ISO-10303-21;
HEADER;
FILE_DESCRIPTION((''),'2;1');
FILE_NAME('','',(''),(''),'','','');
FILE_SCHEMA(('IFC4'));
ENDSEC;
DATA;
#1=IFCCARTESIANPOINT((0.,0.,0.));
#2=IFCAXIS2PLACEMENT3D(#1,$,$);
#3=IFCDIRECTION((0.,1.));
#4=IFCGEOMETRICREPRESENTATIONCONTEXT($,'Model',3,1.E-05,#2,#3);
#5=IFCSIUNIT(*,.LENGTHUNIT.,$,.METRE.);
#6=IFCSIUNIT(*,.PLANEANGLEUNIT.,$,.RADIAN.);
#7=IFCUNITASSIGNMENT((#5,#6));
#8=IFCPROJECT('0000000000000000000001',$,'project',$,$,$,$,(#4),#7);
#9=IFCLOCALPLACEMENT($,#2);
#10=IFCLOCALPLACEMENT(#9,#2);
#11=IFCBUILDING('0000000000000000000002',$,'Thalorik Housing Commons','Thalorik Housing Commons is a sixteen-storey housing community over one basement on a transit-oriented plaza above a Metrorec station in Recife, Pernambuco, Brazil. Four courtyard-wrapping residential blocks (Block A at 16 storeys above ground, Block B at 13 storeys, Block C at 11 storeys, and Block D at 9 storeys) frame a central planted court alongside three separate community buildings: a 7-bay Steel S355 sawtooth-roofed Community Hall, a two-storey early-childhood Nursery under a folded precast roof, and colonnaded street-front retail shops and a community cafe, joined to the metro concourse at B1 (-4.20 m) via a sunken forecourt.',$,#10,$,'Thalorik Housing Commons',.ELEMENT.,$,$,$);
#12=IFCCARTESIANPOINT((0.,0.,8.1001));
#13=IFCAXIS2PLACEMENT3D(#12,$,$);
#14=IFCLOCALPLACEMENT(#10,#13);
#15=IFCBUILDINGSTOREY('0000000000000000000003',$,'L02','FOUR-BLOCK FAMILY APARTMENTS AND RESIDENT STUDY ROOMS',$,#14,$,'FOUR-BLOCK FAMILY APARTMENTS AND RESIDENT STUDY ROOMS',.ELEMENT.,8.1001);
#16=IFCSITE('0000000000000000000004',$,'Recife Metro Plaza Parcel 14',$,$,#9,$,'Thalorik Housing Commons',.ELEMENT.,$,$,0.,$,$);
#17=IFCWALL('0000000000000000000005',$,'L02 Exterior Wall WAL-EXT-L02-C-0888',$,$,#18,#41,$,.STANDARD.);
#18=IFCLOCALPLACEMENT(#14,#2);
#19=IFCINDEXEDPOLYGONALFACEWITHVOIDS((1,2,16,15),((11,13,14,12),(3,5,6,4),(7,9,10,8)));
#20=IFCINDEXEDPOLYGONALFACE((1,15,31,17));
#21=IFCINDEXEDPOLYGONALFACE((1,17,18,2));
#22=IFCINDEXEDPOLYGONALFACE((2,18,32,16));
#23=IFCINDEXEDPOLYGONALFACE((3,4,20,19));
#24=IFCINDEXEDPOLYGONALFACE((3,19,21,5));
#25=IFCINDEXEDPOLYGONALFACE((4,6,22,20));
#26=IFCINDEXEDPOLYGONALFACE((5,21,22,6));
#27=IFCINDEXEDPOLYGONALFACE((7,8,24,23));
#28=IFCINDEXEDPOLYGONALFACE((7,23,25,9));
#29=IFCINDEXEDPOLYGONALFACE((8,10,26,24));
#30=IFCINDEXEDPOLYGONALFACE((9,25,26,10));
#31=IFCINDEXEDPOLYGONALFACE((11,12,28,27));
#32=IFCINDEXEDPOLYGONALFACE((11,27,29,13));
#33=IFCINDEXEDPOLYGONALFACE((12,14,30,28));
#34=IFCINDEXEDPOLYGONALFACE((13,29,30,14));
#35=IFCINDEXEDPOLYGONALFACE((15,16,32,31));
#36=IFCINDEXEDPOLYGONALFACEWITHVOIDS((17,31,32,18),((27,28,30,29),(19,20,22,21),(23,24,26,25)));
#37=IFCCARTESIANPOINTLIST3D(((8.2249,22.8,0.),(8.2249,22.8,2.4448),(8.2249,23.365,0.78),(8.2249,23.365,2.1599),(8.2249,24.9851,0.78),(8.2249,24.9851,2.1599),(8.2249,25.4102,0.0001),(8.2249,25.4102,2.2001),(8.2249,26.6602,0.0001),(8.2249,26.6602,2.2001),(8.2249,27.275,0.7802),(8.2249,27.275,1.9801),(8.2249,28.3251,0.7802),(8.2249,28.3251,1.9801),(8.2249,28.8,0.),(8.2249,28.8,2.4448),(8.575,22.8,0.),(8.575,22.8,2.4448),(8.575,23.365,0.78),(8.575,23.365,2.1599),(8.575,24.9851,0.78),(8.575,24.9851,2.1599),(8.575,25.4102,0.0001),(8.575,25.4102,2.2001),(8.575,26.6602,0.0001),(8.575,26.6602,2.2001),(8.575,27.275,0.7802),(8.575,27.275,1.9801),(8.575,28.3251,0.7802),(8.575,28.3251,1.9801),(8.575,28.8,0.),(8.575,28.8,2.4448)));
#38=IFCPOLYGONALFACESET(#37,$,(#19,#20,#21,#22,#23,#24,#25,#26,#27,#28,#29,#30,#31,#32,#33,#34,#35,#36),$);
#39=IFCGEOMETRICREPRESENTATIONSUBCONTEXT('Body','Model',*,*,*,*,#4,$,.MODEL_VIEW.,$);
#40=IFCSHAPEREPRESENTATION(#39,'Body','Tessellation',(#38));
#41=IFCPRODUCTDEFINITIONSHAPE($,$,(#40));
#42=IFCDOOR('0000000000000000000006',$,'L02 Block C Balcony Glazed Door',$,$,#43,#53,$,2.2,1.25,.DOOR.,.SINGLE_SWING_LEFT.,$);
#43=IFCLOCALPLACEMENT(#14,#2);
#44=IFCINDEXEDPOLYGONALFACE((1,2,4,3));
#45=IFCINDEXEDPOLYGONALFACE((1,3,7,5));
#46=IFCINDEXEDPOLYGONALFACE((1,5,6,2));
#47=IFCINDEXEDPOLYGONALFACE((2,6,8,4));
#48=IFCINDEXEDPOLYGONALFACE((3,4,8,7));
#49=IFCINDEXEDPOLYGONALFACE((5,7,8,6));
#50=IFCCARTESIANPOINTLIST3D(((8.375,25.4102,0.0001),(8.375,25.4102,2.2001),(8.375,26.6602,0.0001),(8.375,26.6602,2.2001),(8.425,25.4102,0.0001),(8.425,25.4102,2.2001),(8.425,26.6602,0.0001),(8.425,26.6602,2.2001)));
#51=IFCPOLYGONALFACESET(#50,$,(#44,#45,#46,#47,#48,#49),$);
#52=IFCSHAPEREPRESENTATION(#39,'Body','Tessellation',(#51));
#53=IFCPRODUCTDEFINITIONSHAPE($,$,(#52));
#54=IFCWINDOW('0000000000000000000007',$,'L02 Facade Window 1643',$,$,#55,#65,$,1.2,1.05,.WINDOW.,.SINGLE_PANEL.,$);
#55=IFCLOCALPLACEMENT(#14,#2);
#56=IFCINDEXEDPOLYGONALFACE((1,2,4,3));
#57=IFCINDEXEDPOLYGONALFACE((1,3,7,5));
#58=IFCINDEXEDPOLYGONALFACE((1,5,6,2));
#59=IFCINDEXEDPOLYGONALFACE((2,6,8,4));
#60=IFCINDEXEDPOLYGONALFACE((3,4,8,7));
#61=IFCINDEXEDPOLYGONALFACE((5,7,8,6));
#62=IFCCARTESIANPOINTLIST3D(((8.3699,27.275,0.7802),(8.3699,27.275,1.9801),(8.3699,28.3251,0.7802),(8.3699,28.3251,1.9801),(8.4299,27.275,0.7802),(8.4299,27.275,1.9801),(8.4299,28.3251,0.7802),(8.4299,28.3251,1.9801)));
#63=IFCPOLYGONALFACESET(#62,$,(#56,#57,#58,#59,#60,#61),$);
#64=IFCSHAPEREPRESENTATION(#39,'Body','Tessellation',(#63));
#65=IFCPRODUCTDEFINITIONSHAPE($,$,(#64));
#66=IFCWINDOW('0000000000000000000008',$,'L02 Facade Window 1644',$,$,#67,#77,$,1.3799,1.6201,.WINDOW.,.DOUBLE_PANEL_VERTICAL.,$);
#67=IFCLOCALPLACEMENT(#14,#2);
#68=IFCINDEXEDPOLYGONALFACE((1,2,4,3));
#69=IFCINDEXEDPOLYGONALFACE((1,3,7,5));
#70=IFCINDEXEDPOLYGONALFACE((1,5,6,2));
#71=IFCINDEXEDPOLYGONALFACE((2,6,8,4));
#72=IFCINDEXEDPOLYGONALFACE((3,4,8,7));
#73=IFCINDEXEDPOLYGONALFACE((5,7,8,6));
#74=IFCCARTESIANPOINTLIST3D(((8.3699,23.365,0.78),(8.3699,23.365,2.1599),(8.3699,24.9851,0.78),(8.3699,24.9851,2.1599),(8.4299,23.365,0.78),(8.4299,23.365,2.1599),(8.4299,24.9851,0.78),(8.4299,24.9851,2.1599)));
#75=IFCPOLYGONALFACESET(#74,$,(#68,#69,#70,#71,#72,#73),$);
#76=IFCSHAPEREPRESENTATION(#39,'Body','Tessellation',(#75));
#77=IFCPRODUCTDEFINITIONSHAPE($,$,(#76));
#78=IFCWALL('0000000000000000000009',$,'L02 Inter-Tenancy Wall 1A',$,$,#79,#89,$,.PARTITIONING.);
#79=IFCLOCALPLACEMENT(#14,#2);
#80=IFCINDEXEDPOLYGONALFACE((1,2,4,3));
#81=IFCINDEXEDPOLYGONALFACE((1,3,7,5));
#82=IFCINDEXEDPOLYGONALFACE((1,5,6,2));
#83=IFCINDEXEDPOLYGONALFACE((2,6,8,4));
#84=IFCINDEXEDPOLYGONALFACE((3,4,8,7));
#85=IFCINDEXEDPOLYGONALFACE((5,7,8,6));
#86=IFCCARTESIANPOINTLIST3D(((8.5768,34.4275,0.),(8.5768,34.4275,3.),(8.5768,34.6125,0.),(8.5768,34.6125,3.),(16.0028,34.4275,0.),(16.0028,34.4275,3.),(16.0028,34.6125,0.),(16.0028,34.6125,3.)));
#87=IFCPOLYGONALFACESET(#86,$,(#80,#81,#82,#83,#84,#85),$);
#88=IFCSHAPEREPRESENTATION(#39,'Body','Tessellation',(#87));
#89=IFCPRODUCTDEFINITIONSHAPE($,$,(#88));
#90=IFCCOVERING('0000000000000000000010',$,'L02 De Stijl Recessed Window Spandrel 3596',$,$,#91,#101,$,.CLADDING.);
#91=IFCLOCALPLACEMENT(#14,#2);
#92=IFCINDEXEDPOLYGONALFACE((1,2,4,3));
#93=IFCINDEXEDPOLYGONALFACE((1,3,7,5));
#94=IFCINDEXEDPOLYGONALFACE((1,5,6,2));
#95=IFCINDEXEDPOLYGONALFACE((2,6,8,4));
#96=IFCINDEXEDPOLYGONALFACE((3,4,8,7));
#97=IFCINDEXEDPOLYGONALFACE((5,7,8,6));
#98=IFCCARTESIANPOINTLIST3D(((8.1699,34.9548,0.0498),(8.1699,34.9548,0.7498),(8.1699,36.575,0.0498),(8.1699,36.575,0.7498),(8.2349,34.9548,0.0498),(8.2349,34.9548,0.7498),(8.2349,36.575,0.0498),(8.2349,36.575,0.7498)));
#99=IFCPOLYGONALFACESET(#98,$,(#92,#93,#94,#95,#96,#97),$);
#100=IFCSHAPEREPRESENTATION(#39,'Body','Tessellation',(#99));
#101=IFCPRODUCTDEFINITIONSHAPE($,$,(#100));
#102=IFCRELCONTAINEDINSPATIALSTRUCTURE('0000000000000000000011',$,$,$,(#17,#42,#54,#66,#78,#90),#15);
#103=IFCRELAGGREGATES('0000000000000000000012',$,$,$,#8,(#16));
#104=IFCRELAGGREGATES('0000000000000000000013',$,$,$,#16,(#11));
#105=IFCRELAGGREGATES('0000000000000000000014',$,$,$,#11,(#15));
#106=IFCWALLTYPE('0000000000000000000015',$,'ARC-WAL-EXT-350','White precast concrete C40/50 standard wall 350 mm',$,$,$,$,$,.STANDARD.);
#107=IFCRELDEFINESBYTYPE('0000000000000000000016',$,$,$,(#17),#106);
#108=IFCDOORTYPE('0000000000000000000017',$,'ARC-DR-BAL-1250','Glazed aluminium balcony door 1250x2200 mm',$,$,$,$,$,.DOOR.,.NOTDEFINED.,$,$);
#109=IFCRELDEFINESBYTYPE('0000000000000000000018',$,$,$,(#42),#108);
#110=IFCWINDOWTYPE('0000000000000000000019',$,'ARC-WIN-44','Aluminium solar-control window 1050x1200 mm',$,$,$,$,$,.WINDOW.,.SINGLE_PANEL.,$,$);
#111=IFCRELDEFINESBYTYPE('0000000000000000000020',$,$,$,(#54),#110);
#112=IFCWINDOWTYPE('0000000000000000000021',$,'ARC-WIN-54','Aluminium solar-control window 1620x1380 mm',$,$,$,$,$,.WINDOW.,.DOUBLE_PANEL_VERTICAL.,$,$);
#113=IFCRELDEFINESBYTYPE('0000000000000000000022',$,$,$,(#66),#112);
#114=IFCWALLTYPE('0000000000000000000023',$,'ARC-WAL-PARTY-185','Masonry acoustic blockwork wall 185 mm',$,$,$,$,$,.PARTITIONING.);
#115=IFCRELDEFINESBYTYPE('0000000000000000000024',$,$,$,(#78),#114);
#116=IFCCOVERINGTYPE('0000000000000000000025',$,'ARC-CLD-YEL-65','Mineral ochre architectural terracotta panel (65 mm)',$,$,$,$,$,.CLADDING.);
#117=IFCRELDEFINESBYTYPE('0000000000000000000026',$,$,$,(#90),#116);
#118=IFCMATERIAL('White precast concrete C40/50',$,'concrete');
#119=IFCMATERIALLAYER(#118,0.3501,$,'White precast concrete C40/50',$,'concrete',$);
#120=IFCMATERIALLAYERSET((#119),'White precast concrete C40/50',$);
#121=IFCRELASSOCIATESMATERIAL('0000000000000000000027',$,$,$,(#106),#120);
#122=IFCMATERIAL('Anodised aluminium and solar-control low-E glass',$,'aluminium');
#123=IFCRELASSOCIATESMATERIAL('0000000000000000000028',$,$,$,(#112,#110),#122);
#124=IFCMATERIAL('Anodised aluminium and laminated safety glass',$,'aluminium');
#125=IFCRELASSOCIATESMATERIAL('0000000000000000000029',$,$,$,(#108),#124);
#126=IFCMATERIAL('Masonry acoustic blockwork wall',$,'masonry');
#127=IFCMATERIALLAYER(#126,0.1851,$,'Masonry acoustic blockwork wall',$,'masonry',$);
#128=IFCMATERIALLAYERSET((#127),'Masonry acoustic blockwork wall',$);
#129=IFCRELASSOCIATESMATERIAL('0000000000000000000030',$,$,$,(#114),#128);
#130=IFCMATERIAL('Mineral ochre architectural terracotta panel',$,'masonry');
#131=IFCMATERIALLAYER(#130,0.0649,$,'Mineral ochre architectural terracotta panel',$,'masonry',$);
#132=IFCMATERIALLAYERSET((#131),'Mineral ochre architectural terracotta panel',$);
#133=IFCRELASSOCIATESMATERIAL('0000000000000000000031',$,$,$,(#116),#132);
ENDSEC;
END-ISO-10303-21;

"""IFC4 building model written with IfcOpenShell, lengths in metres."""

from ifc_helpers import new_model, si_unit, direction, frame, frame_2d, origin, origin_2d, place, context, subcontext, project, spatial, rectangle, extrude, material, layer, layer_set, type_object, element, fill, save


model = new_model("IFC4")

# Units and contexts
model_context = context("Model", 3, precision=1e-05, world=origin(), true_north=direction((0.0, 1.0)))
body_context = subcontext(model_context, "Body", "Model", "MODEL_VIEW")
ifc_project = project(units=[si_unit("LENGTHUNIT", "METRE"), si_unit("PLANEANGLEUNIT", "RADIAN")], contexts=[model_context])

# Site, building, storey
site_placement = place(None, origin())
site = spatial("IfcSite", under=ifc_project, at=site_placement, Name="Recife Metro Plaza Parcel 14", LongName="Thalorik Housing Commons", CompositionType="ELEMENT", RefElevation=0.0)
building_placement = place(site_placement, origin())
building = spatial("IfcBuilding", under=site, at=building_placement, Name="Thalorik Housing Commons", Description="Thalorik Housing Commons is a sixteen-storey housing community over one basement on a transit-oriented plaza above a Metrorec station in Recife, Pernambuco, Brazil. Four courtyard-wrapping residential blocks (Block A at 16 storeys above ground, Block B at 13 storeys, Block C at 11 storeys, and Block D at 9 storeys) frame a central planted court alongside three separate community buildings: a 7-bay Steel S355 sawtooth-roofed Community Hall, a two-storey early-childhood Nursery under a folded precast roof, and colonnaded street-front retail shops and a community cafe, joined to the metro concourse at B1 (-4.20 m) via a sunken forecourt.", LongName="Thalorik Housing Commons", CompositionType="ELEMENT")
storey_placement = place(building_placement, frame((0.0, 0.0, 8.1001)))
storey = spatial("IfcBuildingStorey", under=building, at=storey_placement, Name="L02", Description="FOUR-BLOCK FAMILY APARTMENTS AND RESIDENT STUDY ROOMS", LongName="FOUR-BLOCK FAMILY APARTMENTS AND RESIDENT STUDY ROOMS", CompositionType="ELEMENT", Elevation=8.1001)

# Wall, openings, door, windows
ifc_material_1 = material(Name="White precast concrete C40/50", Category="concrete")
ifc_layer_1 = layer(ifc_material_1, 0.3501, Name="White precast concrete C40/50", Category="concrete")
ifc_layer_set_1 = layer_set([ifc_layer_1], Name="White precast concrete C40/50")
wall_type_1 = type_object("IfcWallType", Name="ARC-WAL-EXT-350", Description="White precast concrete C40/50 standard wall 350 mm", PredefinedType="STANDARD", material=ifc_layer_set_1)
ifc_material_2 = material(Name="Anodised aluminium and laminated safety glass", Category="aluminium")
ifc_material_3 = material(Name="Anodised aluminium and solar-control low-E glass", Category="aluminium")
window_type_1 = type_object("IfcWindowType", Name="ARC-WIN-54", Description="Aluminium solar-control window 1620x1380 mm", PartitioningType="DOUBLE_PANEL_VERTICAL", PredefinedType="WINDOW", material=ifc_material_3)
wall_1_placement = place(storey_placement, frame((8.3999, 28.8, 0.0), z_axis=(0.0, 0.0, 1.0), x_axis=(0.0, -1.0, 0.0)))
wall_1 = element("IfcWall", 1, at=wall_1_placement, inside=storey, type_object=wall_type_1, Name="L02 Exterior Wall WAL-EXT-L02-C-0888", PredefinedType="STANDARD", context=body_context, shape_type="SweptSolid", body=[
    extrude(rectangle(XDim=6.0, YDim=0.3501, at=frame_2d((3.0, 0.0))), origin(), (0.0, 0.0, 1.0), 2.4448),
])
opening_1_placement = place(wall_1_placement, frame((2.1399, 0.0, 0.0)))
opening_1 = element("IfcOpeningElement", 2, at=opening_1_placement, cuts=wall_1, PredefinedType="OPENING", context=body_context, shape_type="SweptSolid", body=[
    extrude(rectangle(XDim=1.25, YDim=2.2, at=frame_2d((0.625, 1.1001))), frame((0.0, 0.1851, 0.0), z_axis=(0.0, -1.0, 0.0), x_axis=(1.0, 0.0, 0.0)), (0.0, 0.0, 1.0), 0.3701),
])
opening_2_placement = place(wall_1_placement, frame((0.4751, 0.0, 0.78)))
opening_2 = element("IfcOpeningElement", 3, at=opening_2_placement, cuts=wall_1, PredefinedType="OPENING", context=body_context, shape_type="SweptSolid", body=[
    extrude(rectangle(XDim=1.05, YDim=1.2, at=frame_2d((0.5249, 0.6001))), frame((0.0, 0.1851, 0.0), z_axis=(0.0, -1.0, 0.0), x_axis=(1.0, 0.0, 0.0)), (0.0, 0.0, 1.0), 0.3701),
])
opening_3_placement = place(wall_1_placement, frame((3.8149, 0.0, 0.78)))
opening_3 = element("IfcOpeningElement", 4, at=opening_3_placement, cuts=wall_1, PredefinedType="OPENING", context=body_context, shape_type="SweptSolid", body=[
    extrude(rectangle(XDim=1.6201, YDim=1.3799, at=frame_2d((0.8101, 0.6899))), frame((0.0, 0.1851, 0.0), z_axis=(0.0, -1.0, 0.0), x_axis=(1.0, 0.0, 0.0)), (0.0, 0.0, 1.0), 0.3701),
])
door_type_1 = type_object("IfcDoorType", Name="ARC-DR-BAL-1250", Description="Glazed aluminium balcony door 1250x2200 mm", OperationType="NOTDEFINED", PredefinedType="DOOR", material=ifc_material_2)
door_1_placement = place(opening_1_placement, frame((1.25, 0.0, 0.0), z_axis=(0.0, 0.0, 1.0), x_axis=(-1.0, 0.0, 0.0)))
door_1 = element("IfcDoor", 5, at=door_1_placement, inside=storey, type_object=door_type_1, Name="L02 Block C Balcony Glazed Door", OperationType="SINGLE_SWING_LEFT", OverallHeight=2.2, OverallWidth=1.25, PredefinedType="DOOR", context=body_context, shape_type="SweptSolid", body=[
    extrude(rectangle(XDim=1.25, YDim=2.2, at=frame_2d((0.625, 1.1001))), frame((0.0, 0.0249, 0.0), z_axis=(0.0, -1.0, 0.0), x_axis=(1.0, 0.0, 0.0)), (0.0, 0.0, 1.0), 0.05),
])
fill(opening_1, door_1)
window_type_2 = type_object("IfcWindowType", Name="ARC-WIN-44", Description="Aluminium solar-control window 1050x1200 mm", PartitioningType="SINGLE_PANEL", PredefinedType="WINDOW", material=ifc_material_3)
window_1_placement = place(opening_2_placement, origin())
window_1 = element("IfcWindow", 6, at=window_1_placement, inside=storey, type_object=window_type_2, Name="L02 Facade Window 1643", OverallHeight=1.2, OverallWidth=1.05, PartitioningType="SINGLE_PANEL", PredefinedType="WINDOW", context=body_context, shape_type="SweptSolid", body=[
    extrude(rectangle(XDim=1.05, YDim=1.2, at=frame_2d((0.5249, 0.6001))), frame((0.0, 0.03, 0.0), z_axis=(0.0, -1.0, 0.0), x_axis=(1.0, 0.0, 0.0)), (0.0, 0.0, 1.0), 0.0601),
])
fill(opening_2, window_1)
window_2_placement = place(opening_3_placement, origin())
window_2 = element("IfcWindow", 7, at=window_2_placement, inside=storey, type_object=window_type_1, Name="L02 Facade Window 1644", OverallHeight=1.3799, OverallWidth=1.6201, PartitioningType="DOUBLE_PANEL_VERTICAL", PredefinedType="WINDOW", context=body_context, shape_type="SweptSolid", body=[
    extrude(rectangle(XDim=1.6201, YDim=1.3799, at=frame_2d((0.8101, 0.6899))), frame((0.0, 0.03, 0.0), z_axis=(0.0, -1.0, 0.0), x_axis=(1.0, 0.0, 0.0)), (0.0, 0.0, 1.0), 0.0601),
])
fill(opening_3, window_2)

# Wall
ifc_material_4 = material(Name="Masonry acoustic blockwork wall", Category="masonry")
ifc_layer_2 = layer(ifc_material_4, 0.1851, Name="Masonry acoustic blockwork wall", Category="masonry")
ifc_layer_set_2 = layer_set([ifc_layer_2], Name="Masonry acoustic blockwork wall")
wall_type_2 = type_object("IfcWallType", Name="ARC-WAL-PARTY-185", Description="Masonry acoustic blockwork wall 185 mm", PredefinedType="PARTITIONING", material=ifc_layer_set_2)
wall_2_placement = place(storey_placement, frame((8.5769, 34.52, 0.0), z_axis=(0.0, 0.0, 1.0), x_axis=(1.0, 0.0, 0.0)))
element("IfcWall", 8, at=wall_2_placement, inside=storey, type_object=wall_type_2, Name="L02 Inter-Tenancy Wall 1A", PredefinedType="PARTITIONING", context=body_context, shape_type="SweptSolid", body=[
    extrude(rectangle(XDim=7.426, YDim=0.1851, at=frame_2d((3.7129, 0.0))), origin(), (0.0, 0.0, 1.0), 3.0),
])

# Covering
ifc_material_5 = material(Name="Mineral ochre architectural terracotta panel", Category="masonry")
ifc_layer_3 = layer(ifc_material_5, 0.0649, Name="Mineral ochre architectural terracotta panel", Category="masonry")
ifc_layer_set_3 = layer_set([ifc_layer_3], Name="Mineral ochre architectural terracotta panel")
covering_type_1 = type_object("IfcCoveringType", Name="ARC-CLD-YEL-65", Description="Mineral ochre architectural terracotta panel (65 mm)", PredefinedType="CLADDING", material=ifc_layer_set_3)
covering_1_placement = place(storey_placement, frame((8.2024, 35.7649, 0.0498), z_axis=(0.0, 0.0, 1.0), x_axis=(0.0, -1.0, 0.0)))
element("IfcCovering", 9, at=covering_1_placement, inside=storey, type_object=covering_type_1, Name="L02 De Stijl Recessed Window Spandrel 3596", PredefinedType="CLADDING", context=body_context, shape_type="SweptSolid", body=[
    extrude(rectangle(XDim=1.6201, YDim=0.0649, at=origin_2d()), origin(), (0.0, 0.0, 1.0), 0.7),
])

save(model, "model.ifc")
